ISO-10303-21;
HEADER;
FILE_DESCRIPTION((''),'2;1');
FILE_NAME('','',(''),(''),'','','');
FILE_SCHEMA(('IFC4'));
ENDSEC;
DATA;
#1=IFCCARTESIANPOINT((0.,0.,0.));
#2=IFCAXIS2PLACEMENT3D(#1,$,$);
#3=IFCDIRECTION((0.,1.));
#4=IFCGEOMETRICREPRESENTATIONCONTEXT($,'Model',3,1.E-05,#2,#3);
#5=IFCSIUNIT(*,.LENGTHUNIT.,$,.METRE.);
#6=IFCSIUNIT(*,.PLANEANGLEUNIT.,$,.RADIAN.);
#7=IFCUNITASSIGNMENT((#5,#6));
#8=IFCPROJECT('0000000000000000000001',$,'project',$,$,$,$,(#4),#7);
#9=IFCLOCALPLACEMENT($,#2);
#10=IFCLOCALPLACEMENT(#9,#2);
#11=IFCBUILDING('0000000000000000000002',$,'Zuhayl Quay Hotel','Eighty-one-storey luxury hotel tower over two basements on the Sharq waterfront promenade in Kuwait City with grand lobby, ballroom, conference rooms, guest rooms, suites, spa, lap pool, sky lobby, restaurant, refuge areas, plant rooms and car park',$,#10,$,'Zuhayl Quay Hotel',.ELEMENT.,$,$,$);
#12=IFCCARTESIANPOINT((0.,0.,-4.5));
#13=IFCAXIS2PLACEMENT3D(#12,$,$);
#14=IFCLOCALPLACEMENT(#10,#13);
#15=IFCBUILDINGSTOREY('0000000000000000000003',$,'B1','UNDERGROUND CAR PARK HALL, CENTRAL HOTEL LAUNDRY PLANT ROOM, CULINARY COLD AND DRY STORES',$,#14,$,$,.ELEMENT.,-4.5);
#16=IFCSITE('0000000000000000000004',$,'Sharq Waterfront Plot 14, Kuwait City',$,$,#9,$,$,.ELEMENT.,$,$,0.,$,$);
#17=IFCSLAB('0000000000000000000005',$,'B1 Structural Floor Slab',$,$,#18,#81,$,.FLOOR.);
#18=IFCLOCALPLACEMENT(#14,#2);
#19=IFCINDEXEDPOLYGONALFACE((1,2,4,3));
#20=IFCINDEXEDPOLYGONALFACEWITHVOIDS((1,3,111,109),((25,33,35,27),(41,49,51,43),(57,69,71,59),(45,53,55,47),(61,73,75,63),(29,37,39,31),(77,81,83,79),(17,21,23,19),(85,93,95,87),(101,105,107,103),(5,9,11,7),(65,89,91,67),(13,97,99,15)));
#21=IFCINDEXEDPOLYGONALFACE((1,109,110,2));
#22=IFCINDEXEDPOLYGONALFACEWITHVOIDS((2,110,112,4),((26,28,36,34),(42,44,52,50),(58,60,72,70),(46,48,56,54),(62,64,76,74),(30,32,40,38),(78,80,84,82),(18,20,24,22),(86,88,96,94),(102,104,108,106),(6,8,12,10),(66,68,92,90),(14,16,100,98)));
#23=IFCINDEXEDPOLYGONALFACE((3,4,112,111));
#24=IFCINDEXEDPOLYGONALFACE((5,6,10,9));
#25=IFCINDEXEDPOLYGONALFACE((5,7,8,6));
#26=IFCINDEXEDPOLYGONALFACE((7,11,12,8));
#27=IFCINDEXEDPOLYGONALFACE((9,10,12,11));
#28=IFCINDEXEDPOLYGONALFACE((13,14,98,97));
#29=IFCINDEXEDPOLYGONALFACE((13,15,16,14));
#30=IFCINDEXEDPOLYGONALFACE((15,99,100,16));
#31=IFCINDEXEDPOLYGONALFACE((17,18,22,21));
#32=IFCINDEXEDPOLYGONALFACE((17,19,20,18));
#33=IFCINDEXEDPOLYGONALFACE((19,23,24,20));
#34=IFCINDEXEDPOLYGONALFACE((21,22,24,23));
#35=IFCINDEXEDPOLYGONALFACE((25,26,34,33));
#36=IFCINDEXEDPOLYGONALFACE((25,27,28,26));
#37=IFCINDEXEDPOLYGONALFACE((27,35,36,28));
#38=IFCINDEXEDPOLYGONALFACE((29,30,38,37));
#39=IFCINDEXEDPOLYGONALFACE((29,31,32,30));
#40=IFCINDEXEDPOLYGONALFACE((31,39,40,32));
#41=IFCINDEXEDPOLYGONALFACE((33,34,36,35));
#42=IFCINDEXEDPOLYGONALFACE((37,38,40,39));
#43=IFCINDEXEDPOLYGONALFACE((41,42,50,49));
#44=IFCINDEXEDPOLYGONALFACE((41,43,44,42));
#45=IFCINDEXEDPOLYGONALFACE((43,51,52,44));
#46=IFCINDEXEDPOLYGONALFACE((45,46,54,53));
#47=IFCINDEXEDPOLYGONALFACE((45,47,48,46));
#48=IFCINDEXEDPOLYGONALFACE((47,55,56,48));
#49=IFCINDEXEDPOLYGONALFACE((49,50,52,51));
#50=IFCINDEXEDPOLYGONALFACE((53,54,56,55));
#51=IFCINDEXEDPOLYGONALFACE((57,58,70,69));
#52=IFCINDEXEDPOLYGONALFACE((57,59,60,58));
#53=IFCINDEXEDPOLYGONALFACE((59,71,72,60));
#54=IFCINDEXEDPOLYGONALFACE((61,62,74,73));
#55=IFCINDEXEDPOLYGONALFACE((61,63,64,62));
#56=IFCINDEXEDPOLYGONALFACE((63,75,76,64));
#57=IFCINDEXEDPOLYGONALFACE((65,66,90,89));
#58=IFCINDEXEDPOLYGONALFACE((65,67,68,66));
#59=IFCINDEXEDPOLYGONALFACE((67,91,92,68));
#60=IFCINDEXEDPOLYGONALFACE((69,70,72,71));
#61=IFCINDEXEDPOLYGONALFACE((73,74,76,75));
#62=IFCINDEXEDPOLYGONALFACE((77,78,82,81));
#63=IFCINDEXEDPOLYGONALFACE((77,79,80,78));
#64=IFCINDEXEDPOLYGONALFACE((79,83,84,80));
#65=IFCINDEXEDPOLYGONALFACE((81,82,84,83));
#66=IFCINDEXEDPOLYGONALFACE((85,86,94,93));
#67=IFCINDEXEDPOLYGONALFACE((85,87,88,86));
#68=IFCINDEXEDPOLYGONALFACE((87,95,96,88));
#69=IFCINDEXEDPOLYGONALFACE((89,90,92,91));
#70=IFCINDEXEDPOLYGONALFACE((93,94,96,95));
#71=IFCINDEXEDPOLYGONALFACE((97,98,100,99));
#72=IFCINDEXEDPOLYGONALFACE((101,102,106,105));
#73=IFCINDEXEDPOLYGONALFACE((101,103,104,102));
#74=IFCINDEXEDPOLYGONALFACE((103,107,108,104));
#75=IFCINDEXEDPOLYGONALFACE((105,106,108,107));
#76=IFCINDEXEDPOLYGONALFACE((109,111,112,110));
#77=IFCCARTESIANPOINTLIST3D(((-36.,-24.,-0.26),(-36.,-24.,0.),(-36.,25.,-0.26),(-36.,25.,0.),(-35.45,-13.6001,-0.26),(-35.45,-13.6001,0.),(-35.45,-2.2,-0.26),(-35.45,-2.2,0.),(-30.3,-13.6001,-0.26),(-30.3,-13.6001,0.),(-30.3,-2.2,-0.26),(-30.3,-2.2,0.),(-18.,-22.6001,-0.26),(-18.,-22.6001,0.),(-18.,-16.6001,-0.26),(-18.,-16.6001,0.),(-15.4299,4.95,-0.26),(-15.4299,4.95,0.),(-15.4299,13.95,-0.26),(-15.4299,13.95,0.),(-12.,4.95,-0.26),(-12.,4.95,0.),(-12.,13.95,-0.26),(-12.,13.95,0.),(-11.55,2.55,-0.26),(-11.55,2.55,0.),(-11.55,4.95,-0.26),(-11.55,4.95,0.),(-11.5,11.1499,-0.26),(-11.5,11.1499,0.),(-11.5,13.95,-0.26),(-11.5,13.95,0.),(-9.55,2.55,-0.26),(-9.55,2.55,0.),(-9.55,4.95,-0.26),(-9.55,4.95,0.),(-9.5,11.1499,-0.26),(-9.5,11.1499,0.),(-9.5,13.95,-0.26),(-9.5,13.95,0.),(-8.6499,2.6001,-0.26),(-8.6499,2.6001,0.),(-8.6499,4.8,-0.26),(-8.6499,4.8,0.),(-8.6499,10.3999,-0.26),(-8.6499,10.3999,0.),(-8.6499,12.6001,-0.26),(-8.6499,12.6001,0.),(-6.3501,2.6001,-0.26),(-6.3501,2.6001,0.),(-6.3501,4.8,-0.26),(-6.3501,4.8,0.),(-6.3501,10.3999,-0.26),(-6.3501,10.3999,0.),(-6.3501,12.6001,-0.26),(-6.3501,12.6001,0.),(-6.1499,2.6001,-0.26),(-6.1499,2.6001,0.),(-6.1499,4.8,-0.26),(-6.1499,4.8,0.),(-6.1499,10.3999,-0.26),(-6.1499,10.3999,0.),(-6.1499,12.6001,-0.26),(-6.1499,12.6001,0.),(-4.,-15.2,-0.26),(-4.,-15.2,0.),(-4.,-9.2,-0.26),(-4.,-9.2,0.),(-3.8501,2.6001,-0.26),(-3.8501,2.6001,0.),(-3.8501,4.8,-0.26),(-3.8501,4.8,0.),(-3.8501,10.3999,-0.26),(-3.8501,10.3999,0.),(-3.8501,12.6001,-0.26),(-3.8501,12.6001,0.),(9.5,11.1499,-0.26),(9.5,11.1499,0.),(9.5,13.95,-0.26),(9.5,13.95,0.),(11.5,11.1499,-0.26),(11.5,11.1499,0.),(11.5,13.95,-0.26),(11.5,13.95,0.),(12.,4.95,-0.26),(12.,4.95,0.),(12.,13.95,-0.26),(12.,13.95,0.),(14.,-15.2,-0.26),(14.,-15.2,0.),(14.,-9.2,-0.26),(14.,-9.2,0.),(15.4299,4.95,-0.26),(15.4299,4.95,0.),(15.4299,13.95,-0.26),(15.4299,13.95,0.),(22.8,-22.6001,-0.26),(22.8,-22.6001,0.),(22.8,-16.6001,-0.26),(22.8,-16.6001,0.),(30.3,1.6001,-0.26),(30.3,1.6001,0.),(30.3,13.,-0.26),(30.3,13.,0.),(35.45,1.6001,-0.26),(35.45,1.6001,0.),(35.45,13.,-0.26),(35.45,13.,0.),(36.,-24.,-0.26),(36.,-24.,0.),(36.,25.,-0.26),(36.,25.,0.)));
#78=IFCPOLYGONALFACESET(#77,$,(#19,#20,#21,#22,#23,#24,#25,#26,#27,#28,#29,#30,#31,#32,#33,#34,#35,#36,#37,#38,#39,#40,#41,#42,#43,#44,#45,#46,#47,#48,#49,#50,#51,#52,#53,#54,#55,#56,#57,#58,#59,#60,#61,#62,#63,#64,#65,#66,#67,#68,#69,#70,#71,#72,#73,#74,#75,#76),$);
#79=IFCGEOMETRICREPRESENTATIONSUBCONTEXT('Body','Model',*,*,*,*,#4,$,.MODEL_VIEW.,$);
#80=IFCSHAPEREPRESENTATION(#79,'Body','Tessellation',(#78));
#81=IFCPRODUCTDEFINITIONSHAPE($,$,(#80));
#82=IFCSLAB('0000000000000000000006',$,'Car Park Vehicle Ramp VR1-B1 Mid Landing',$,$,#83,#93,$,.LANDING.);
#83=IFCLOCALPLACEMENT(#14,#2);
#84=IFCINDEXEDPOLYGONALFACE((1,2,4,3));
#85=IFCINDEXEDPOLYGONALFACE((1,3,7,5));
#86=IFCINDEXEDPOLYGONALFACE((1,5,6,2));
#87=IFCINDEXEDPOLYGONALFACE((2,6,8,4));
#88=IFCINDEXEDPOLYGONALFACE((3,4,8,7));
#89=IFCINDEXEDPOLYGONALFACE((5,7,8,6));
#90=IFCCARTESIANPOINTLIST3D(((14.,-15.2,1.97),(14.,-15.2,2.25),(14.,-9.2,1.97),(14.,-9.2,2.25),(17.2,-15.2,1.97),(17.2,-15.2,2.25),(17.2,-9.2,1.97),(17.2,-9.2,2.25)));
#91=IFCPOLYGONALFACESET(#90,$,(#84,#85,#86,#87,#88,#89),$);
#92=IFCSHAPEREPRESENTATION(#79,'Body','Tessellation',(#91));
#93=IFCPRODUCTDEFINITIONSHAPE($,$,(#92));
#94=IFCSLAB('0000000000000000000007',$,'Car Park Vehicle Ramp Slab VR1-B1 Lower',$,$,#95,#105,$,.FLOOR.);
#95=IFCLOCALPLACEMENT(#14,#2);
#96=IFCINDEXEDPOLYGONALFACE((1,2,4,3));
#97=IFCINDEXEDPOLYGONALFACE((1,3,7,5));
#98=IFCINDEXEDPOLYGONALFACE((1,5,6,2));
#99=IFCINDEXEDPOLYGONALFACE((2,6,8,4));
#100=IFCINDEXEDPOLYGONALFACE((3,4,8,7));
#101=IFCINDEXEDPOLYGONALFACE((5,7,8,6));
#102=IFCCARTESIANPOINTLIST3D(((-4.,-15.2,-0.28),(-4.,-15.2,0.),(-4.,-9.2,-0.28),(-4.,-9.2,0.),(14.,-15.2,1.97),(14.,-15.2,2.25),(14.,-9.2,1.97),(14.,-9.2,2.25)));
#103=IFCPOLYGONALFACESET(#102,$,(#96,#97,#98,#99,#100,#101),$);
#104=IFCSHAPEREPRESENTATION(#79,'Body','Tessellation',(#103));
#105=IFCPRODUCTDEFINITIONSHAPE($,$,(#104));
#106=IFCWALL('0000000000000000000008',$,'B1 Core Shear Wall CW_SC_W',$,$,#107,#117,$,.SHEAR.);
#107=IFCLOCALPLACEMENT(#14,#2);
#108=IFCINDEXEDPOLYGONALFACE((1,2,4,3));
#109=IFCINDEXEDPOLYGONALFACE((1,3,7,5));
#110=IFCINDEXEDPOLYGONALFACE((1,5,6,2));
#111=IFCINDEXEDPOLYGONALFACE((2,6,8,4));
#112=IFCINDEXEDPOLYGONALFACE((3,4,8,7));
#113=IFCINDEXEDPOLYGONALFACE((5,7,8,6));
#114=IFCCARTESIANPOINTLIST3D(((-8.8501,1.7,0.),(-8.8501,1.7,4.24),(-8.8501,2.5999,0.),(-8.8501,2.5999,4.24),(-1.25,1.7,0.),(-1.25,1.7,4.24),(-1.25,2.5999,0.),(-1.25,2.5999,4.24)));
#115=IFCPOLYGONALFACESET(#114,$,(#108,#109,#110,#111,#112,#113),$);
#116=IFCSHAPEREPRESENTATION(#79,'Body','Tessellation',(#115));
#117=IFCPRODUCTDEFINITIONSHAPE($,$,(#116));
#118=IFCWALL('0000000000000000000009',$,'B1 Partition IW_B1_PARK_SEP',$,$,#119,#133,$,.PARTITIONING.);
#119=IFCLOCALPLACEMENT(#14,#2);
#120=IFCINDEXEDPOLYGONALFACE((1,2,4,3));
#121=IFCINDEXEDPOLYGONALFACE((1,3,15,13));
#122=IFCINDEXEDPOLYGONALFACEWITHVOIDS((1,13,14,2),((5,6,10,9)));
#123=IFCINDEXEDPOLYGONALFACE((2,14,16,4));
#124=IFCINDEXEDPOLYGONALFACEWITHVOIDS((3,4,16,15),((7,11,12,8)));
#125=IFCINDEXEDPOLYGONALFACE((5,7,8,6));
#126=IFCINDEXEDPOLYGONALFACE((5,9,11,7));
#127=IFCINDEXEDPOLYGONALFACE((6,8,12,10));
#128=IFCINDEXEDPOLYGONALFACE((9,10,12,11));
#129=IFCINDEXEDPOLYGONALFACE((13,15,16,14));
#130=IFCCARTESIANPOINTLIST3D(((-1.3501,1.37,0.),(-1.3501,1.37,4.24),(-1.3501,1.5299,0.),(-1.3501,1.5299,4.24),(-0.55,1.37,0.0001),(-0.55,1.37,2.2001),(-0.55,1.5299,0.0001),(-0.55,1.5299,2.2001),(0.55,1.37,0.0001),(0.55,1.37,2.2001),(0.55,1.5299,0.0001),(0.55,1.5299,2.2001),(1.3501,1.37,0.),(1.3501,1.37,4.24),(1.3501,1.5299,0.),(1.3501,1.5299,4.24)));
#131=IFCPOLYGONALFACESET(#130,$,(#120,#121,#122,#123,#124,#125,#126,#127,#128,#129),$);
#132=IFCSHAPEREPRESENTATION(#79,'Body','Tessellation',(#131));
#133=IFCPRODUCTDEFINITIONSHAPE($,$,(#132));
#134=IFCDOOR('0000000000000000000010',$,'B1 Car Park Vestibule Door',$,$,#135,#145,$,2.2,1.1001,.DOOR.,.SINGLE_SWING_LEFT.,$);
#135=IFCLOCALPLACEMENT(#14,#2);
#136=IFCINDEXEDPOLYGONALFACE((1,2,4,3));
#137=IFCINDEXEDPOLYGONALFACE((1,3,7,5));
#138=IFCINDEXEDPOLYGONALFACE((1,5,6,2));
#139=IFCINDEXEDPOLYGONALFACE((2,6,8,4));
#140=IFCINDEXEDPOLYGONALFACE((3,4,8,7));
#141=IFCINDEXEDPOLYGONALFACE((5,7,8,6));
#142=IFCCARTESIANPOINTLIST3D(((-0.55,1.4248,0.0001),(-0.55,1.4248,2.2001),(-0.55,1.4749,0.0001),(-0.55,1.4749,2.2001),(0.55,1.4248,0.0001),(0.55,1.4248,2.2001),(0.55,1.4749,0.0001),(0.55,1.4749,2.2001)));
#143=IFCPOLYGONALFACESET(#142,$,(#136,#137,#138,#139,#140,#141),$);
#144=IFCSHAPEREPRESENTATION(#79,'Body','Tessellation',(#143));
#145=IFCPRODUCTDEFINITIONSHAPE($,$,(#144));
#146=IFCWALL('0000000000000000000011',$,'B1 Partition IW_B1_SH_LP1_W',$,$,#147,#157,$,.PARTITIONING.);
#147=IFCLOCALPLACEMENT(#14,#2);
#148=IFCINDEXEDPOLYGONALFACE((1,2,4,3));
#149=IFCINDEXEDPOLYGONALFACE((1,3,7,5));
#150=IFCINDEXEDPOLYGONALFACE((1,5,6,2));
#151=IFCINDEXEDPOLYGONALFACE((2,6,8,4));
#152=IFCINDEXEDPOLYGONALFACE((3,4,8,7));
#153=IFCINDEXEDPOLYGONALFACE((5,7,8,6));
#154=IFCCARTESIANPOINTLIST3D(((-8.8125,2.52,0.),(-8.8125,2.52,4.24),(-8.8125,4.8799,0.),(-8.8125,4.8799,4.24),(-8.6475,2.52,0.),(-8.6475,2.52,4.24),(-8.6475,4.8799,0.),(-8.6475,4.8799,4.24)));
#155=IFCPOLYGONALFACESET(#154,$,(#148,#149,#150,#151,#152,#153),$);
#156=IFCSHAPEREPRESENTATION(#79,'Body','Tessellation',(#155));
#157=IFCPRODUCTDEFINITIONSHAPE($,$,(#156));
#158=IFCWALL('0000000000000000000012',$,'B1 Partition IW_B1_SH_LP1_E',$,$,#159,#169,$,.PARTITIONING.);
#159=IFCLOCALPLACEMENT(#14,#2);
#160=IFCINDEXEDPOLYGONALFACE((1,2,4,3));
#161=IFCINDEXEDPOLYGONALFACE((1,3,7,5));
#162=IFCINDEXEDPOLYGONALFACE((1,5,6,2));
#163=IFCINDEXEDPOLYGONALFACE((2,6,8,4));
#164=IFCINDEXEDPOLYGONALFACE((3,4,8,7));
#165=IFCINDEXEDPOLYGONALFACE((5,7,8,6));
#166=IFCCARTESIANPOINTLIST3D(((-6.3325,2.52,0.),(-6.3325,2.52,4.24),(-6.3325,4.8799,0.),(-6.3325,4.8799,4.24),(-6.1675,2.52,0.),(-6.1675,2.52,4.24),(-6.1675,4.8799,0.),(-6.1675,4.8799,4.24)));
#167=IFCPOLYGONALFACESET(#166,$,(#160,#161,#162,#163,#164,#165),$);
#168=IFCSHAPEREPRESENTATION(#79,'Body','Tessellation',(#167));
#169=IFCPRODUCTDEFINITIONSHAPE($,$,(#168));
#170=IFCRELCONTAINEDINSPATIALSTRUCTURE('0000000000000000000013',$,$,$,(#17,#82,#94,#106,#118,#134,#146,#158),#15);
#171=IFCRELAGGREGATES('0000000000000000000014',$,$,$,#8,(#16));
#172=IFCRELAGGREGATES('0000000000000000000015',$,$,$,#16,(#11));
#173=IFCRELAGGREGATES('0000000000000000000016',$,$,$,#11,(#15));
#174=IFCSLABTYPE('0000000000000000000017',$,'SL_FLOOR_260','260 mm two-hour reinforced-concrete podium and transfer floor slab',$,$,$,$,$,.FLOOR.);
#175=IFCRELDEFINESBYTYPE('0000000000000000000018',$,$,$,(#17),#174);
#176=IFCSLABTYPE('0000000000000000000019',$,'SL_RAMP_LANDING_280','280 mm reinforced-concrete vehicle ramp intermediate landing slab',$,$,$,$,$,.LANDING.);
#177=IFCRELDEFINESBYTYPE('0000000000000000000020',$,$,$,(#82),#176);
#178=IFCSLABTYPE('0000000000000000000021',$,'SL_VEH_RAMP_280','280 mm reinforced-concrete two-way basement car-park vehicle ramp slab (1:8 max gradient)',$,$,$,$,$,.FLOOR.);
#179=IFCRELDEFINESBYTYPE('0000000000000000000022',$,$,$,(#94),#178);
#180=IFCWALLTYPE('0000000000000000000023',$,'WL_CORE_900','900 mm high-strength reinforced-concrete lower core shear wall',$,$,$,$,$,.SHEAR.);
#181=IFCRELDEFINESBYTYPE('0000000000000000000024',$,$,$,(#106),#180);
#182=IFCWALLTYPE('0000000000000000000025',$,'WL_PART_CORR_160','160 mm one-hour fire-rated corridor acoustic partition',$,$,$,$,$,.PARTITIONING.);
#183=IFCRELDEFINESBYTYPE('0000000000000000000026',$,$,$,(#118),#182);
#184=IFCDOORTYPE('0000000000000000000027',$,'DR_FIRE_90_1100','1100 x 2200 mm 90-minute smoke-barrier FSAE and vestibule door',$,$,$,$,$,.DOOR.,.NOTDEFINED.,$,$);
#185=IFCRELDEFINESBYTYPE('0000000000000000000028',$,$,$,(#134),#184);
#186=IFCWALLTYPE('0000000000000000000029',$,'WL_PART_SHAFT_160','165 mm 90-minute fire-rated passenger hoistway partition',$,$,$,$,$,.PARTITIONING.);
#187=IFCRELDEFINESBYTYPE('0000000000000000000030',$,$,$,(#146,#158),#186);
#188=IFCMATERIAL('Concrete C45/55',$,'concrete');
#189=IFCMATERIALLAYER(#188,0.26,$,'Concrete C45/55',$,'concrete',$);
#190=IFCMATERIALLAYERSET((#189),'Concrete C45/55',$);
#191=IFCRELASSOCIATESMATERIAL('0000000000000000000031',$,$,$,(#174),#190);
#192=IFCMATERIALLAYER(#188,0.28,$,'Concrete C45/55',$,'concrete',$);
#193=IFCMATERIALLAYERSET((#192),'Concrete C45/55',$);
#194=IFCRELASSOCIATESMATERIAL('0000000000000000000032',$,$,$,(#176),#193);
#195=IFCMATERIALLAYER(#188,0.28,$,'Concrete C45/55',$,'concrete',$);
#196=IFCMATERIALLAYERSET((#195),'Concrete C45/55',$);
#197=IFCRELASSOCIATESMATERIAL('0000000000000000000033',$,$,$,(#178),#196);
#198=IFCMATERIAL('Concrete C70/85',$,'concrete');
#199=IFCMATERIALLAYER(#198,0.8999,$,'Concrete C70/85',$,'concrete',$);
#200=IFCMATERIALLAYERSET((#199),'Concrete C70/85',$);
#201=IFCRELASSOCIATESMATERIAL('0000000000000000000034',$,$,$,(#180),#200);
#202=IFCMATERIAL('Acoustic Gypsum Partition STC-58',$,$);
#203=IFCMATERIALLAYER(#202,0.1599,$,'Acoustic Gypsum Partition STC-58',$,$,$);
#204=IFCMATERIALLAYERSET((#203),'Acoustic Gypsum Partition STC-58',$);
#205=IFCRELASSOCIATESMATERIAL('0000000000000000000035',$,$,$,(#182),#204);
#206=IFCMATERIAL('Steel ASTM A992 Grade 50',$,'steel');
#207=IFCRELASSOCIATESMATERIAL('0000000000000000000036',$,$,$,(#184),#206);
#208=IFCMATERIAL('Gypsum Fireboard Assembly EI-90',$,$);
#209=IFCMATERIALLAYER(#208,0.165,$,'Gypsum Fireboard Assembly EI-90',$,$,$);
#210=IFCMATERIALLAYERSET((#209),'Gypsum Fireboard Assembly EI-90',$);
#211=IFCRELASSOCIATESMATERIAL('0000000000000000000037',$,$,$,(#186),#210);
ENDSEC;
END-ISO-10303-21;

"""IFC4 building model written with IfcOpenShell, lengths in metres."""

from ifc_helpers import new_model, si_unit, direction, frame, frame_2d, origin, place, context, subcontext, project, spatial, polyline, rectangle, outline, extrude, material, layer, layer_set, type_object, element, fill, save


model = new_model("IFC4")

# Units and contexts
model_context = context("Model", 3, precision=1e-05, world=origin(), true_north=direction((0.0, 1.0)))
body_context = subcontext(model_context, "Body", "Model", "MODEL_VIEW")
ifc_project = project(units=[si_unit("LENGTHUNIT", "METRE"), si_unit("PLANEANGLEUNIT", "RADIAN")], contexts=[model_context])

# Site, building, storey
site_placement = place(None, origin())
site = spatial("IfcSite", under=ifc_project, at=site_placement, Name="Sharq Waterfront Plot 14, Kuwait City", CompositionType="ELEMENT", RefElevation=0.0)
building_placement = place(site_placement, origin())
building = spatial("IfcBuilding", under=site, at=building_placement, Name="Zuhayl Quay Hotel", Description="Eighty-one-storey luxury hotel tower over two basements on the Sharq waterfront promenade in Kuwait City with grand lobby, ballroom, conference rooms, guest rooms, suites, spa, lap pool, sky lobby, restaurant, refuge areas, plant rooms and car park", LongName="Zuhayl Quay Hotel", CompositionType="ELEMENT")
storey_placement = place(building_placement, frame((0.0, 0.0, -4.5)))
storey = spatial("IfcBuildingStorey", under=building, at=storey_placement, Name="B1", Description="UNDERGROUND CAR PARK HALL, CENTRAL HOTEL LAUNDRY PLANT ROOM, CULINARY COLD AND DRY STORES", CompositionType="ELEMENT", Elevation=-4.5)

# Shared definitions
ifc_material_1 = material(Name="Concrete C70/85", Category="concrete")

# Shared definitions
ifc_material_2 = material(Name="Steel ASTM A992 Grade 50", Category="steel")

# Slabs
ifc_material_3 = material(Name="Concrete C45/55", Category="concrete")
ifc_layer_1 = layer(ifc_material_3, 0.26, Name="Concrete C45/55", Category="concrete")
ifc_layer_set_1 = layer_set([ifc_layer_1], Name="Concrete C45/55")
slab_type_1 = type_object("IfcSlabType", Name="SL_FLOOR_260", Description="260 mm two-hour reinforced-concrete podium and transfer floor slab", PredefinedType="FLOOR", material=ifc_layer_set_1)
slab_1_placement = place(storey_placement, frame((0.0, 0.0, -0.26)))
element("IfcSlab", 1, at=slab_1_placement, inside=storey, type_object=slab_type_1, Name="B1 Structural Floor Slab", PredefinedType="FLOOR", context=body_context, shape_type="SweptSolid", body=[
    extrude(outline(polyline([(-36.0, -24.0), (36.0, -24.0), (36.0, 25.0), (-36.0, 25.0), (-36.0, -24.0)]), holes=[polyline([(-12.0, 4.95), (-12.0, 13.95), (-15.4299, 13.95), (-15.4299, 4.95), (-12.0, 4.95)]), polyline([(15.4299, 4.95), (15.4299, 13.95), (12.0, 13.95), (12.0, 4.95), (15.4299, 4.95)]), polyline([(-30.3, -13.6001), (-30.3, -2.2), (-35.45, -2.2), (-35.45, -13.6001), (-30.3, -13.6001)]), polyline([(35.45, 1.6001), (35.45, 13.0), (30.3, 13.0), (30.3, 1.6001), (35.45, 1.6001)]), polyline([(-11.5, 11.1499), (-9.5, 11.1499), (-9.5, 13.95), (-11.5, 13.95), (-11.5, 11.1499)]), polyline([(9.5, 11.1499), (11.5, 11.1499), (11.5, 13.95), (9.5, 13.95), (9.5, 11.1499)]), polyline([(-8.6499, 2.6001), (-6.3501, 2.6001), (-6.3501, 4.8), (-8.6499, 4.8), (-8.6499, 2.6001)]), polyline([(-6.1499, 2.6001), (-3.8501, 2.6001), (-3.8501, 4.8), (-6.1499, 4.8), (-6.1499, 2.6001)]), polyline([(-8.6499, 10.3999), (-6.3501, 10.3999), (-6.3501, 12.6001), (-8.6499, 12.6001), (-8.6499, 10.3999)]), polyline([(-6.1499, 10.3999), (-3.8501, 10.3999), (-3.8501, 12.6001), (-6.1499, 12.6001), (-6.1499, 10.3999)]), polyline([(-11.55, 2.55), (-9.55, 2.55), (-9.55, 4.95), (-11.55, 4.95), (-11.55, 2.55)]), polyline([(-18.0, -22.6001), (22.8, -22.6001), (22.8, -16.6001), (-18.0, -16.6001), (-18.0, -22.6001)]), polyline([(-4.0, -15.2), (14.0, -15.2), (14.0, -9.2), (-4.0, -9.2), (-4.0, -15.2)])]), origin(), (0.0, 0.0, 1.0), 0.26),
])
ifc_layer_2 = layer(ifc_material_3, 0.28, Name="Concrete C45/55", Category="concrete")
ifc_layer_set_2 = layer_set([ifc_layer_2], Name="Concrete C45/55")
slab_type_2 = type_object("IfcSlabType", Name="SL_RAMP_LANDING_280", Description="280 mm reinforced-concrete vehicle ramp intermediate landing slab", PredefinedType="LANDING", material=ifc_layer_set_2)
slab_2_placement = place(storey_placement, frame((0.0, 0.0, 1.97)))
element("IfcSlab", 2, at=slab_2_placement, inside=storey, type_object=slab_type_2, Name="Car Park Vehicle Ramp VR1-B1 Mid Landing", PredefinedType="LANDING", context=body_context, shape_type="SweptSolid", body=[
    extrude(outline(polyline([(14.0, -15.2), (17.2, -15.2), (17.2, -9.2), (14.0, -9.2), (14.0, -15.2)])), origin(), (0.0, 0.0, 1.0), 0.28),
])
ifc_layer_3 = layer(ifc_material_3, 0.28, Name="Concrete C45/55", Category="concrete")
ifc_layer_set_3 = layer_set([ifc_layer_3], Name="Concrete C45/55")
slab_type_3 = type_object("IfcSlabType", Name="SL_VEH_RAMP_280", Description="280 mm reinforced-concrete two-way basement car-park vehicle ramp slab (1:8 max gradient)", PredefinedType="FLOOR", material=ifc_layer_set_3)
slab_3_placement = place(storey_placement, frame((-4.0, -12.2, 0.0), z_axis=(0.0, 0.0, 1.0), x_axis=(1.0, 0.0, 0.0)))
element("IfcSlab", 3, at=slab_3_placement, inside=storey, type_object=slab_type_3, Name="Car Park Vehicle Ramp Slab VR1-B1 Lower", PredefinedType="FLOOR", context=body_context, shape_type="SweptSolid", body=[
    extrude(outline(polyline([(0.0, -0.28), (18.0, 1.97), (18.0, 2.25), (0.0, 0.0), (0.0, -0.28)])), frame((0.0, 3.0, 0.0), z_axis=(0.0, -1.0, 0.0), x_axis=(1.0, 0.0, 0.0)), (0.0, 0.0, 1.0), 6.0),
])

# Wall
ifc_layer_4 = layer(ifc_material_1, 0.8999, Name="Concrete C70/85", Category="concrete")
ifc_layer_set_4 = layer_set([ifc_layer_4], Name="Concrete C70/85")
wall_type_1 = type_object("IfcWallType", Name="WL_CORE_900", Description="900 mm high-strength reinforced-concrete lower core shear wall", PredefinedType="SHEAR", material=ifc_layer_set_4)
wall_1_placement = place(storey_placement, frame((-8.8501, 2.1499, 0.0), z_axis=(0.0, 0.0, 1.0), x_axis=(1.0, 0.0, 0.0)))
element("IfcWall", 4, at=wall_1_placement, inside=storey, type_object=wall_type_1, Name="B1 Core Shear Wall CW_SC_W", PredefinedType="SHEAR", context=body_context, shape_type="SweptSolid", body=[
    extrude(rectangle(XDim=7.6001, YDim=0.8999, at=frame_2d((3.8, 0.0))), origin(), (0.0, 0.0, 1.0), 4.24),
])

# Wall, opening, door
ifc_material_4 = material(Name="Acoustic Gypsum Partition STC-58")
ifc_layer_5 = layer(ifc_material_4, 0.1599, Name="Acoustic Gypsum Partition STC-58")
ifc_layer_set_5 = layer_set([ifc_layer_5], Name="Acoustic Gypsum Partition STC-58")
wall_type_2 = type_object("IfcWallType", Name="WL_PART_CORR_160", Description="160 mm one-hour fire-rated corridor acoustic partition", PredefinedType="PARTITIONING", material=ifc_layer_set_5)
wall_2_placement = place(storey_placement, frame((-1.3501, 1.45, 0.0), z_axis=(0.0, 0.0, 1.0), x_axis=(1.0, 0.0, 0.0)))
wall_2 = element("IfcWall", 5, at=wall_2_placement, inside=storey, type_object=wall_type_2, Name="B1 Partition IW_B1_PARK_SEP", PredefinedType="PARTITIONING", context=body_context, shape_type="SweptSolid", body=[
    extrude(rectangle(XDim=2.7002, YDim=0.1599, at=frame_2d((1.3501, 0.0))), origin(), (0.0, 0.0, 1.0), 4.24),
])
opening_placement = place(wall_2_placement, frame((0.8, 0.0, 0.0)))
opening = element("IfcOpeningElement", 6, at=opening_placement, cuts=wall_2, PredefinedType="OPENING", context=body_context, shape_type="SweptSolid", body=[
    extrude(rectangle(XDim=1.1001, YDim=2.2, at=frame_2d((0.55, 1.1001))), frame((0.0, 0.0898, 0.0), z_axis=(0.0, -1.0, 0.0), x_axis=(1.0, 0.0, 0.0)), (0.0, 0.0, 1.0), 0.1799),
])
door_type = type_object("IfcDoorType", Name="DR_FIRE_90_1100", Description="1100 x 2200 mm 90-minute smoke-barrier FSAE and vestibule door", OperationType="NOTDEFINED", PredefinedType="DOOR", material=ifc_material_2)
door_placement = place(opening_placement, origin())
door = element("IfcDoor", 7, at=door_placement, inside=storey, type_object=door_type, Name="B1 Car Park Vestibule Door", OperationType="SINGLE_SWING_LEFT", OverallHeight=2.2, OverallWidth=1.1001, PredefinedType="DOOR", context=body_context, shape_type="SweptSolid", body=[
    extrude(rectangle(XDim=1.1001, YDim=2.2, at=frame_2d((0.55, 1.1001))), frame((0.0, 0.0249, 0.0), z_axis=(0.0, -1.0, 0.0), x_axis=(1.0, 0.0, 0.0)), (0.0, 0.0, 1.0), 0.05),
])
fill(opening, door)

# Walls
ifc_material_5 = material(Name="Gypsum Fireboard Assembly EI-90")
ifc_layer_6 = layer(ifc_material_5, 0.165, Name="Gypsum Fireboard Assembly EI-90")
ifc_layer_set_6 = layer_set([ifc_layer_6], Name="Gypsum Fireboard Assembly EI-90")
wall_type_3 = type_object("IfcWallType", Name="WL_PART_SHAFT_160", Description="165 mm 90-minute fire-rated passenger hoistway partition", PredefinedType="PARTITIONING", material=ifc_layer_set_6)
for number, where, z_axis, x_axis, name in (
    (8, (-8.73, 2.52, 0.0), (0.0, 0.0, 1.0), (0.0, 1.0, 0.0), "B1 Partition IW_B1_SH_LP1_W"),
    (9, (-6.25, 2.52, 0.0), (0.0, 0.0, 1.0), (0.0, 1.0, 0.0), "B1 Partition IW_B1_SH_LP1_E"),
):
    element("IfcWall", number, at=place(storey_placement, frame(where, z_axis=z_axis, x_axis=x_axis)), inside=storey, type_object=wall_type_3, Name=name, PredefinedType="PARTITIONING", context=body_context, shape_type="SweptSolid", body=[
        extrude(rectangle(XDim=2.3599, YDim=0.165, at=frame_2d((1.1799, 0.0))), origin(), (0.0, 0.0, 1.0), 4.24),
    ])

save(model, "model.ifc")
